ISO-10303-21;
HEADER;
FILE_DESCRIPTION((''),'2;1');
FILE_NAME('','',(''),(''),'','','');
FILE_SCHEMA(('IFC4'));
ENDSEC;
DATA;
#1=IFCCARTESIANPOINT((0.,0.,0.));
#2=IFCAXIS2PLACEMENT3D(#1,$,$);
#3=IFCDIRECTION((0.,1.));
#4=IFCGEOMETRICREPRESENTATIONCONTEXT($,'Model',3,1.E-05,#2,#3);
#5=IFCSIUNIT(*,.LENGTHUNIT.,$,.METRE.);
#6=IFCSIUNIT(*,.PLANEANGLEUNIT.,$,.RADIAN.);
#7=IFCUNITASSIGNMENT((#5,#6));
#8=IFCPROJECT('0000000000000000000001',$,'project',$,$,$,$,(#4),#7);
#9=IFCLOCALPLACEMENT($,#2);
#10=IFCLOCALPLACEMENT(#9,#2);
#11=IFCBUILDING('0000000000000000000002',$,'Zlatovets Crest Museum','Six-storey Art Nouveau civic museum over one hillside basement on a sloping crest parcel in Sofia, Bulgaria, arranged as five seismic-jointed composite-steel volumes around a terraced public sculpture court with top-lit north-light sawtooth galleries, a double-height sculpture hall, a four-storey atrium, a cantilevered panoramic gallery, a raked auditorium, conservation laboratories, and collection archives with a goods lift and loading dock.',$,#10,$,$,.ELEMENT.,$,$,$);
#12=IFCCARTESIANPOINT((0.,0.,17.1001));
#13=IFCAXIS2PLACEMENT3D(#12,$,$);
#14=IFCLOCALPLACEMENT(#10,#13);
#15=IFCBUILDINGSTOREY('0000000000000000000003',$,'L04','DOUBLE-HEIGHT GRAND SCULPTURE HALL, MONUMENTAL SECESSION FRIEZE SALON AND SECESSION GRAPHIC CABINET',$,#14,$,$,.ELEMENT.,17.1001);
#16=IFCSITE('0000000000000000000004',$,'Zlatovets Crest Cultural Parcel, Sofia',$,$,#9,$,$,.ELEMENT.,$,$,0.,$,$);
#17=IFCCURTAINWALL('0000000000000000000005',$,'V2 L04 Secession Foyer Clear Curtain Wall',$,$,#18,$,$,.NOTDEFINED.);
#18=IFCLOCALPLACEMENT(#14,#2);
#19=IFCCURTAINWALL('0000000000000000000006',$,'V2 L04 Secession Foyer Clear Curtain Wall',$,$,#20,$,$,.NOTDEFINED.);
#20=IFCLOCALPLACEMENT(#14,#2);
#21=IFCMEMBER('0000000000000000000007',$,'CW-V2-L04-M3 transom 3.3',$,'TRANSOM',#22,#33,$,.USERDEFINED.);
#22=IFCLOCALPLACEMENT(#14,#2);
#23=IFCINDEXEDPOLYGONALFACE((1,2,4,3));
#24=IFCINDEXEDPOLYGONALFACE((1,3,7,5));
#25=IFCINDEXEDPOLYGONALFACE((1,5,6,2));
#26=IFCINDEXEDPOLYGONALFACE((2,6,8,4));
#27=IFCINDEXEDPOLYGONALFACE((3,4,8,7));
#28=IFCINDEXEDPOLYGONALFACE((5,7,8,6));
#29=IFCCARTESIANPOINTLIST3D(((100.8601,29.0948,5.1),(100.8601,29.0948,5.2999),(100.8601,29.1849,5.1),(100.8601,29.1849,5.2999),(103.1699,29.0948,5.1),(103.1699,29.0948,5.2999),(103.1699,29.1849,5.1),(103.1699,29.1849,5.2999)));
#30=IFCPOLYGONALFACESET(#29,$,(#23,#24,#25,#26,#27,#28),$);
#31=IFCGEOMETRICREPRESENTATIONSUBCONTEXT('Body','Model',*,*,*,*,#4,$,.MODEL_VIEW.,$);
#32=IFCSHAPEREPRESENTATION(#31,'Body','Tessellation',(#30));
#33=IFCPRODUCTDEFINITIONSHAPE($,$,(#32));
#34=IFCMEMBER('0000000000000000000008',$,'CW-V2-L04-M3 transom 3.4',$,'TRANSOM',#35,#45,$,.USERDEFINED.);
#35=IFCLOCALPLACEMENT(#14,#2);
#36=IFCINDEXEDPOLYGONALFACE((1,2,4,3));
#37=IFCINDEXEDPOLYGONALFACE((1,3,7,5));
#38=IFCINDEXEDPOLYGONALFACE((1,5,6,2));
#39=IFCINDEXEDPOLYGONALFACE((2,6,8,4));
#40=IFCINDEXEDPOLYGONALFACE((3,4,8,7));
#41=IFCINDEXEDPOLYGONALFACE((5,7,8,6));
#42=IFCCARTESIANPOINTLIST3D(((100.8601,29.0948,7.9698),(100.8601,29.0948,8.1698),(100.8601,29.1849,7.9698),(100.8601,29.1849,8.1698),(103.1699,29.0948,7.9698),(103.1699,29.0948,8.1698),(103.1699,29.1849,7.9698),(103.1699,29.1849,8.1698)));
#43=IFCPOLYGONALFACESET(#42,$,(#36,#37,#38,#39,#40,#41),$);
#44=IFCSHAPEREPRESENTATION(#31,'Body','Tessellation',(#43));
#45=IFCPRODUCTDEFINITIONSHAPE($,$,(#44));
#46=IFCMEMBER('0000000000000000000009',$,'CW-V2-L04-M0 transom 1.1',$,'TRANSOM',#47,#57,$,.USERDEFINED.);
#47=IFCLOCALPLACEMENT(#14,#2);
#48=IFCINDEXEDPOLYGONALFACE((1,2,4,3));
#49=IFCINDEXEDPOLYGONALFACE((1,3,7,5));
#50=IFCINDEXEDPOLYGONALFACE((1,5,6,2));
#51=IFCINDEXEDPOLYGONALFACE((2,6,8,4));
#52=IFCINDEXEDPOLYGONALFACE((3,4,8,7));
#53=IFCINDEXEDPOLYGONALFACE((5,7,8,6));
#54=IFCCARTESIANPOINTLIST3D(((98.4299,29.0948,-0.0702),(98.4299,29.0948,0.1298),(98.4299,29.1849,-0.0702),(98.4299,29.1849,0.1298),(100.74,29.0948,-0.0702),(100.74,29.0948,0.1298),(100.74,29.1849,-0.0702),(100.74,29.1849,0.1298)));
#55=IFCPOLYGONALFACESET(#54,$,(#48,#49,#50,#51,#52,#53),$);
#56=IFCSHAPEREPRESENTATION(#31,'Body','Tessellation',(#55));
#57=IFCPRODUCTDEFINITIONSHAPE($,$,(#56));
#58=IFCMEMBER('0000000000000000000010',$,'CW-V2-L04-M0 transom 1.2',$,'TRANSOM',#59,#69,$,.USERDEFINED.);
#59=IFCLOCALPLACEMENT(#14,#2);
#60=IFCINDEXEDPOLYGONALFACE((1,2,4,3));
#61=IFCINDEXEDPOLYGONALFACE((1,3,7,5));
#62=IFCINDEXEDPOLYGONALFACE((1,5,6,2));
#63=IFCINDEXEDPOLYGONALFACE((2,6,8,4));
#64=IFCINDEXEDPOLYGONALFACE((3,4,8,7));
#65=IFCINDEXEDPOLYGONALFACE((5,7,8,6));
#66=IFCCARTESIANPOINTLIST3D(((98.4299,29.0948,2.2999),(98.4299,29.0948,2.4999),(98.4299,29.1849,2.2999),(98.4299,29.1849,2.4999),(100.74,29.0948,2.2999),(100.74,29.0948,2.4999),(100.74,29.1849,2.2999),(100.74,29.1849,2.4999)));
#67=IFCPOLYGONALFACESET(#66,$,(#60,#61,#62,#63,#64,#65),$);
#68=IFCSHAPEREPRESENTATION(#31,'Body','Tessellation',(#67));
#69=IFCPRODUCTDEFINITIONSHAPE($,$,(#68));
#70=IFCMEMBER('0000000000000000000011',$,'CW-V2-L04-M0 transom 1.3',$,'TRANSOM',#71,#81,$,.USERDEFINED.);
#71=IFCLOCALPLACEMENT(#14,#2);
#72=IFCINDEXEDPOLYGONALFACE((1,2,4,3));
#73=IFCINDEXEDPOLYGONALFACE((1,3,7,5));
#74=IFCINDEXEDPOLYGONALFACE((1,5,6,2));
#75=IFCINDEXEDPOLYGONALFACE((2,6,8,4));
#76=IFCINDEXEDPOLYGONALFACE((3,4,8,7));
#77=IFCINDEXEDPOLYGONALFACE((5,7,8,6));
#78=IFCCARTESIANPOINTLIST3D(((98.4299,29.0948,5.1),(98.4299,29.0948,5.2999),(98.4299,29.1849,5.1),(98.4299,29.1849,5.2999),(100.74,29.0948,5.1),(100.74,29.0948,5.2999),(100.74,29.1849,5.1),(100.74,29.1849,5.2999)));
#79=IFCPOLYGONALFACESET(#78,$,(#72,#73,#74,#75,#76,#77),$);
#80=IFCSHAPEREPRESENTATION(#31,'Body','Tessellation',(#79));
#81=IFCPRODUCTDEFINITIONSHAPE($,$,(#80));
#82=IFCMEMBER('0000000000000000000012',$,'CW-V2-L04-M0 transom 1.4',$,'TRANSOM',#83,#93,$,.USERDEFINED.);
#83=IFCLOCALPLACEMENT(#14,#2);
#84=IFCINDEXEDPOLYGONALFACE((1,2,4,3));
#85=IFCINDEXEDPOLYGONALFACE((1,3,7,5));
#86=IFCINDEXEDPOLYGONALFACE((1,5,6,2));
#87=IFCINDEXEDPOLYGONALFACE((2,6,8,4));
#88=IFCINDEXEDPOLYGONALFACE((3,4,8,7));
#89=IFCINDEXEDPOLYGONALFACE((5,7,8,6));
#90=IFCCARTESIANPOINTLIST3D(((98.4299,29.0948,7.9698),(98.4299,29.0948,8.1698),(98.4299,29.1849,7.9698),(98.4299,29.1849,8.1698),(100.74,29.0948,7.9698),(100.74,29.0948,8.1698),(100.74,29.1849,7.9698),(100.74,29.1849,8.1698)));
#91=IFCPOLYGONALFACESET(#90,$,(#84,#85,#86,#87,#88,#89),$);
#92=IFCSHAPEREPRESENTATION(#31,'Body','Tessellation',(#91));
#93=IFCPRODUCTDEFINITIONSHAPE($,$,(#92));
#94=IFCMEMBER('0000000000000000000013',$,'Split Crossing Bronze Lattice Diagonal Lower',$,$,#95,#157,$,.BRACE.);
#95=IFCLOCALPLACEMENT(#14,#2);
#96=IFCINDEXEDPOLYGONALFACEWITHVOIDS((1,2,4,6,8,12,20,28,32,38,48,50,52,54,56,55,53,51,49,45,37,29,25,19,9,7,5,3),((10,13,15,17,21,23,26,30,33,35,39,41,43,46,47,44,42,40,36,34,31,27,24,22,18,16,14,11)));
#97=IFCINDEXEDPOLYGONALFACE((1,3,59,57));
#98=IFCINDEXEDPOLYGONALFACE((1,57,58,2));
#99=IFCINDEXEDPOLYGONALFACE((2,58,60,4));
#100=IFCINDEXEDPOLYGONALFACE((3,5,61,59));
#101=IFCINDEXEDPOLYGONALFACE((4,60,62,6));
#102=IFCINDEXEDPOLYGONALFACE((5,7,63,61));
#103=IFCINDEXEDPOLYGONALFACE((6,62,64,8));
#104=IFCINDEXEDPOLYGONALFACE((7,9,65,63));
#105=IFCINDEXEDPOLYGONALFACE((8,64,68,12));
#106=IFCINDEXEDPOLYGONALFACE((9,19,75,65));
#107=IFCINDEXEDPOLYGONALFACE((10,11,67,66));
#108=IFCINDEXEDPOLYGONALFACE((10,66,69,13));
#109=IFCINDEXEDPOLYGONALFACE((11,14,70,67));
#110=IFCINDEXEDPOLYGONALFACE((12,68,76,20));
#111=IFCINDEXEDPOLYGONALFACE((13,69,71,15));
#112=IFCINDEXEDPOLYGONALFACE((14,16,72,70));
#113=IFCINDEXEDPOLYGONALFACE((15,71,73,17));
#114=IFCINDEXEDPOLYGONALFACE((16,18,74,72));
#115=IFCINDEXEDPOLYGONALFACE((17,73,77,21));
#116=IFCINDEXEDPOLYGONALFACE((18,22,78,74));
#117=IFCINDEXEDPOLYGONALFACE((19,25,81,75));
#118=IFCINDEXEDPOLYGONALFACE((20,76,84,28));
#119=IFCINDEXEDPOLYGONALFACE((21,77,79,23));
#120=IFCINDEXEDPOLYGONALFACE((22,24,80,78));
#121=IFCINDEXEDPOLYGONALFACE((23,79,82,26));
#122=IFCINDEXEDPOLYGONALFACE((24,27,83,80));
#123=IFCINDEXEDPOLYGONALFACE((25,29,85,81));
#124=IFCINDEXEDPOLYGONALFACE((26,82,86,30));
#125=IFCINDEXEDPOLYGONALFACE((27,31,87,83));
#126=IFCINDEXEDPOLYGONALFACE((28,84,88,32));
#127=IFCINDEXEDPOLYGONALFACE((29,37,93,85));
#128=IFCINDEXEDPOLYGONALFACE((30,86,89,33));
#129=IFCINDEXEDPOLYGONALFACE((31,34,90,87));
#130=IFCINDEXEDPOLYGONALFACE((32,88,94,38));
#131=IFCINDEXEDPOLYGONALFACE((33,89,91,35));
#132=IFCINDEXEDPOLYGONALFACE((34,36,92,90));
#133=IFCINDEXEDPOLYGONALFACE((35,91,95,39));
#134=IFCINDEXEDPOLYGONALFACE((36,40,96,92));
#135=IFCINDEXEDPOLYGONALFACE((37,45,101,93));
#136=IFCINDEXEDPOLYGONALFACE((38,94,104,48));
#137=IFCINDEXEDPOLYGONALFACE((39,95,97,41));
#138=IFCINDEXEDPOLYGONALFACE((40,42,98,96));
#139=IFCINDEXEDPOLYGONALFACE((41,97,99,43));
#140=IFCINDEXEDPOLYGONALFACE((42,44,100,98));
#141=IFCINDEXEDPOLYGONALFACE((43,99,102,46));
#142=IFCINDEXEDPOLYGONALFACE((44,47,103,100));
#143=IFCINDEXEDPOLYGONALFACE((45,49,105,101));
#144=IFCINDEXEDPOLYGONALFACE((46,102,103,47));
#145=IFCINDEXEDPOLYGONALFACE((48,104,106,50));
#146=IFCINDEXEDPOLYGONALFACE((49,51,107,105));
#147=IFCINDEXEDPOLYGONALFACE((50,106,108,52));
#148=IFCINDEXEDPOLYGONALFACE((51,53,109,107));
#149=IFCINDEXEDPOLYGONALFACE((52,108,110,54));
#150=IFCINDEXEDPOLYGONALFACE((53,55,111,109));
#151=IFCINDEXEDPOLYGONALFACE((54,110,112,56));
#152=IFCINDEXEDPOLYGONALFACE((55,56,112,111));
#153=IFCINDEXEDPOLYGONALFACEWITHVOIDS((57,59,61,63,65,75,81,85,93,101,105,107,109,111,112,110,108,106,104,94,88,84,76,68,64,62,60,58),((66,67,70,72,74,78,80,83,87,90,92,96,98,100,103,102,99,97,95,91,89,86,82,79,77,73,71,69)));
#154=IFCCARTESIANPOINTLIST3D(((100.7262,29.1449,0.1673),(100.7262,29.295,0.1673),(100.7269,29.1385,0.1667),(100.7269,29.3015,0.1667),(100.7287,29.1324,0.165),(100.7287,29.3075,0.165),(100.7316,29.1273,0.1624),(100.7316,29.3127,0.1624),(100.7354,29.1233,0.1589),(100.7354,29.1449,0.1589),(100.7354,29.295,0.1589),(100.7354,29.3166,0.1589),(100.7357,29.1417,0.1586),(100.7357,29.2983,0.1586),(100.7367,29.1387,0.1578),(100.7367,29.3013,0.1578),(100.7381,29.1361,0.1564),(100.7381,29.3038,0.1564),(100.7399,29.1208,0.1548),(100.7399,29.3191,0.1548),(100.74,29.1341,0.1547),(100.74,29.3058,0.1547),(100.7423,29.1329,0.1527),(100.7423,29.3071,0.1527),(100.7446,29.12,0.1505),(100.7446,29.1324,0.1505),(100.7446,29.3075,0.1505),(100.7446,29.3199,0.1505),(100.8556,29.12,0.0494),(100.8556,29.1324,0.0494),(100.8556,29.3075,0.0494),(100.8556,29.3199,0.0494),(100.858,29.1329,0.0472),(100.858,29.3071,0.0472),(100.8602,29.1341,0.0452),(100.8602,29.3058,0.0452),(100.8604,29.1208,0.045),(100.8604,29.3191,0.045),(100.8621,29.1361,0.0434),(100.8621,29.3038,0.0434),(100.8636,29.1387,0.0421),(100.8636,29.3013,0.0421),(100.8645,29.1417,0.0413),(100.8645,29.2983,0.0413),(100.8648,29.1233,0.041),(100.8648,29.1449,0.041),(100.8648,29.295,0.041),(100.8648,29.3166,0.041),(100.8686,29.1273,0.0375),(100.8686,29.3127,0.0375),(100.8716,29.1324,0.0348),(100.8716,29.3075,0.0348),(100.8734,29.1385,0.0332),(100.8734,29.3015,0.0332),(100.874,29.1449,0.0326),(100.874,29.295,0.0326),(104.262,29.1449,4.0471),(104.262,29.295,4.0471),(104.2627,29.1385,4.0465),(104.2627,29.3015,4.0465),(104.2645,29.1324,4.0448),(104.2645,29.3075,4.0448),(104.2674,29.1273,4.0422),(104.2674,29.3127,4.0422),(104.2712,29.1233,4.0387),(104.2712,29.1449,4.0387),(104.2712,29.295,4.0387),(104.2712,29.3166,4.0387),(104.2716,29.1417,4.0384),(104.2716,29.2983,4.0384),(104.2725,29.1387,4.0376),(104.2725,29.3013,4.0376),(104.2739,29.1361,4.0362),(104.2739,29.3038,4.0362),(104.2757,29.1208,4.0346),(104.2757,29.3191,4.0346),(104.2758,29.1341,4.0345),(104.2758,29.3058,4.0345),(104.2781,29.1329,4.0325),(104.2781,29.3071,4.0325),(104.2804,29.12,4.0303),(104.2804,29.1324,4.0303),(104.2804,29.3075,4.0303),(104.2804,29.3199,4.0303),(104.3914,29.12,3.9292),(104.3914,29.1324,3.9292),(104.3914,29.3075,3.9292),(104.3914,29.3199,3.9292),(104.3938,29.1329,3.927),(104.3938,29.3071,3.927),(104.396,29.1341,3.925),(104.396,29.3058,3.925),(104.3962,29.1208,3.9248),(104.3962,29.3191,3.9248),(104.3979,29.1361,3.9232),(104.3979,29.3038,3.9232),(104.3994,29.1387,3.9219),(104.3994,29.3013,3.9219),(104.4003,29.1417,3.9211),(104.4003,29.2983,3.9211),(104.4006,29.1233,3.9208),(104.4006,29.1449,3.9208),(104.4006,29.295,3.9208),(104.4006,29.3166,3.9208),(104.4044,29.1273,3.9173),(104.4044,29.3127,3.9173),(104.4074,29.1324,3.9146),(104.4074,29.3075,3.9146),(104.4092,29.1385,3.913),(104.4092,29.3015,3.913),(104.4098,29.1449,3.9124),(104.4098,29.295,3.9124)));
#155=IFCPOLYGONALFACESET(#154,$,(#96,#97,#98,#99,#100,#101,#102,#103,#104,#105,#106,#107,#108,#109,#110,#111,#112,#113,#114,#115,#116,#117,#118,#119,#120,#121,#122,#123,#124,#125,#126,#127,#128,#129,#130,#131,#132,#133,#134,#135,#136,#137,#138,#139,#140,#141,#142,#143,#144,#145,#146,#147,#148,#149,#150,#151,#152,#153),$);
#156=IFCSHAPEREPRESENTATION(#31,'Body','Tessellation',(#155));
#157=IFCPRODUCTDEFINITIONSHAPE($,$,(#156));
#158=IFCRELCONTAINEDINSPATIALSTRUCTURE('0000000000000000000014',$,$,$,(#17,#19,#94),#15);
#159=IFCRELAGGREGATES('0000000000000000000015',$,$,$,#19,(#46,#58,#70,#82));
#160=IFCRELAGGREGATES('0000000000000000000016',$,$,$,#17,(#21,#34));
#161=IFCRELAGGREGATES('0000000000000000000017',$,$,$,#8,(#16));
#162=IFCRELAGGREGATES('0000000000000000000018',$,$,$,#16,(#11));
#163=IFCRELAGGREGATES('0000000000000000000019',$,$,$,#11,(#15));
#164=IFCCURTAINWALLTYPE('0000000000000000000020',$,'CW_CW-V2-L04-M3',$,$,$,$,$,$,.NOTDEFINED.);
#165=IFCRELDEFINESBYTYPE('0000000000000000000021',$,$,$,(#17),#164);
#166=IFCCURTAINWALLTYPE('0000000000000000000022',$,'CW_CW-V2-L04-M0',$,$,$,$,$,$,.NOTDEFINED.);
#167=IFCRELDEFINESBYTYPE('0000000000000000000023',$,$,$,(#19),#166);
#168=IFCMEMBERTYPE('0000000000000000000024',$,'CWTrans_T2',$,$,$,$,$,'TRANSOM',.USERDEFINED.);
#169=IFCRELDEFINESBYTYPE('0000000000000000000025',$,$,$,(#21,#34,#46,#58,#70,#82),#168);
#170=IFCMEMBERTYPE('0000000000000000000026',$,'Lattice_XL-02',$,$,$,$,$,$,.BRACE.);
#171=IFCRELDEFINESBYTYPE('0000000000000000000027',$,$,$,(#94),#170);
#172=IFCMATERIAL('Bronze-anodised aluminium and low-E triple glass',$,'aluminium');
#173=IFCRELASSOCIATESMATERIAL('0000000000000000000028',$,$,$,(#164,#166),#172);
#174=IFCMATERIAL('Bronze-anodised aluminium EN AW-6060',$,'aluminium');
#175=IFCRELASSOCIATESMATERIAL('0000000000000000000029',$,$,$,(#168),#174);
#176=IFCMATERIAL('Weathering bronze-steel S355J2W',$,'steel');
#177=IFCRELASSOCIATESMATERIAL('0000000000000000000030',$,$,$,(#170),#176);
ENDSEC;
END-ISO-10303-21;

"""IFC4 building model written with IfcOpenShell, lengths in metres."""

from ifc_helpers import new_model, si_unit, direction, frame, origin, origin_2d, place, context, subcontext, project, spatial, rectangle, hollow_rectangle, extrude, material, material_profile, profile_set, type_object, element, aggregate, save


model = new_model("IFC4")

# Units and contexts
model_context = context("Model", 3, precision=1e-05, world=origin(), true_north=direction((0.0, 1.0)))
body_context = subcontext(model_context, "Body", "Model", "MODEL_VIEW")
ifc_project = project(units=[si_unit("LENGTHUNIT", "METRE"), si_unit("PLANEANGLEUNIT", "RADIAN")], contexts=[model_context])

# Site, building, storey
site_placement = place(None, origin())
site = spatial("IfcSite", under=ifc_project, at=site_placement, Name="Zlatovets Crest Cultural Parcel, Sofia", CompositionType="ELEMENT", RefElevation=0.0)
building_placement = place(site_placement, origin())
building = spatial("IfcBuilding", under=site, at=building_placement, Name="Zlatovets Crest Museum", Description="Six-storey Art Nouveau civic museum over one hillside basement on a sloping crest parcel in Sofia, Bulgaria, arranged as five seismic-jointed composite-steel volumes around a terraced public sculpture court with top-lit north-light sawtooth galleries, a double-height sculpture hall, a four-storey atrium, a cantilevered panoramic gallery, a raked auditorium, conservation laboratories, and collection archives with a goods lift and loading dock.", CompositionType="ELEMENT")
storey_placement = place(building_placement, frame((0.0, 0.0, 17.1001)))
storey = spatial("IfcBuildingStorey", under=building, at=storey_placement, Name="L04", Description="DOUBLE-HEIGHT GRAND SCULPTURE HALL, MONUMENTAL SECESSION FRIEZE SALON AND SECESSION GRAPHIC CABINET", CompositionType="ELEMENT", Elevation=17.1001)

# Curtain wall
ifc_material_1 = material(Name="Bronze-anodised aluminium and low-E triple glass", Category="aluminium")
curtain_wall_type_1 = type_object("IfcCurtainWallType", Name="CW_CW-V2-L04-M3", PredefinedType="NOTDEFINED", material=ifc_material_1)
curtain_wall_1_placement = place(storey_placement, origin())
curtain_wall_1 = element("IfcCurtainWall", 1, at=curtain_wall_1_placement, inside=storey, type_object=curtain_wall_type_1, Name="V2 L04 Secession Foyer Clear Curtain Wall", PredefinedType="NOTDEFINED")
ifc_material_2 = material(Name="Bronze-anodised aluminium EN AW-6060", Category="aluminium")

# Curtain wall
curtain_wall_type_2 = type_object("IfcCurtainWallType", Name="CW_CW-V2-L04-M0", PredefinedType="NOTDEFINED", material=ifc_material_1)
curtain_wall_2_placement = place(storey_placement, origin())
curtain_wall_2 = element("IfcCurtainWall", 2, at=curtain_wall_2_placement, inside=storey, type_object=curtain_wall_type_2, Name="V2 L04 Secession Foyer Clear Curtain Wall", PredefinedType="NOTDEFINED")

# Members
ifc_material_profile_1 = material_profile(ifc_material_2, rectangle(XDim=0.0901, YDim=0.2, at=origin_2d()), Name="ALU 90x200")
ifc_profile_set_1 = profile_set([ifc_material_profile_1], Name="Bronze-anodised aluminium EN AW-6060")
member_type_1 = type_object("IfcMemberType", Name="CWTrans_T2", ElementType="TRANSOM", PredefinedType="USERDEFINED", material=ifc_profile_set_1)
member_1_placement = place(storey_placement, frame((103.1699, 29.1399, 5.2), z_axis=(-1.0, 0.0, 0.0), x_axis=(0.0, -1.0, 0.0)))
member_1 = element("IfcMember", 3, at=member_1_placement, type_object=member_type_1, Name="CW-V2-L04-M3 transom 3.3", ObjectType="TRANSOM", PredefinedType="USERDEFINED", context=body_context, shape_type="SweptSolid", body=[
    extrude(rectangle(XDim=0.0901, YDim=0.2, at=origin_2d()), origin(), (0.0, 0.0, 1.0), 2.3098),
])
member_2_placement = place(storey_placement, frame((103.1699, 29.1399, 8.0698), z_axis=(-1.0, 0.0, 0.0), x_axis=(0.0, -1.0, 0.0)))
member_2 = element("IfcMember", 4, at=member_2_placement, type_object=member_type_1, Name="CW-V2-L04-M3 transom 3.4", ObjectType="TRANSOM", PredefinedType="USERDEFINED", context=body_context, shape_type="SweptSolid", body=[
    extrude(rectangle(XDim=0.0901, YDim=0.2, at=origin_2d()), origin(), (0.0, 0.0, 1.0), 2.3098),
])
member_3_placement = place(storey_placement, frame((100.74, 29.1399, 0.0298), z_axis=(-1.0, 0.0, 0.0), x_axis=(0.0, -1.0, 0.0)))
member_3 = element("IfcMember", 5, at=member_3_placement, type_object=member_type_1, Name="CW-V2-L04-M0 transom 1.1", ObjectType="TRANSOM", PredefinedType="USERDEFINED", context=body_context, shape_type="SweptSolid", body=[
    extrude(rectangle(XDim=0.0901, YDim=0.2, at=origin_2d()), origin(), (0.0, 0.0, 1.0), 2.3101),
])
member_4_placement = place(storey_placement, frame((100.74, 29.1399, 2.3999), z_axis=(-1.0, 0.0, 0.0), x_axis=(0.0, -1.0, 0.0)))
member_4 = element("IfcMember", 6, at=member_4_placement, type_object=member_type_1, Name="CW-V2-L04-M0 transom 1.2", ObjectType="TRANSOM", PredefinedType="USERDEFINED", context=body_context, shape_type="SweptSolid", body=[
    extrude(rectangle(XDim=0.0901, YDim=0.2, at=origin_2d()), origin(), (0.0, 0.0, 1.0), 2.3101),
])
member_5_placement = place(storey_placement, frame((100.74, 29.1399, 5.2), z_axis=(-1.0, 0.0, 0.0), x_axis=(0.0, -1.0, 0.0)))
member_5 = element("IfcMember", 7, at=member_5_placement, type_object=member_type_1, Name="CW-V2-L04-M0 transom 1.3", ObjectType="TRANSOM", PredefinedType="USERDEFINED", context=body_context, shape_type="SweptSolid", body=[
    extrude(rectangle(XDim=0.0901, YDim=0.2, at=origin_2d()), origin(), (0.0, 0.0, 1.0), 2.3101),
])
member_6_placement = place(storey_placement, frame((100.74, 29.1399, 8.0698), z_axis=(-1.0, 0.0, 0.0), x_axis=(0.0, -1.0, 0.0)))
member_6 = element("IfcMember", 8, at=member_6_placement, type_object=member_type_1, Name="CW-V2-L04-M0 transom 1.4", ObjectType="TRANSOM", PredefinedType="USERDEFINED", context=body_context, shape_type="SweptSolid", body=[
    extrude(rectangle(XDim=0.0901, YDim=0.2, at=origin_2d()), origin(), (0.0, 0.0, 1.0), 2.3101),
])

# Member
ifc_material_3 = material(Name="Weathering bronze-steel S355J2W", Category="steel")
ifc_material_profile_2 = material_profile(ifc_material_3, hollow_rectangle(XDim=0.2, YDim=0.2, WallThickness=0.0125, InnerFilletRadius=0.0125, OuterFilletRadius=0.0249, at=origin_2d()), Name="SHS 200x200x12.5")
ifc_profile_set_2 = profile_set([ifc_material_profile_2], Name="Weathering bronze-steel S355J2W")
member_type_2 = type_object("IfcMemberType", Name="Lattice_XL-02", PredefinedType="BRACE", material=ifc_profile_set_2)
member_7_placement = place(storey_placement, frame((104.3359, 29.22, 3.9797), z_axis=(-0.673582, 0.0, -0.739112), x_axis=(0.0, -1.0, 0.0)))
element("IfcMember", 9, at=member_7_placement, inside=storey, type_object=member_type_2, Name="Split Crossing Bronze Lattice Diagonal Lower", PredefinedType="BRACE", context=body_context, shape_type="SweptSolid", body=[
    extrude(hollow_rectangle(XDim=0.2, YDim=0.2, WallThickness=0.0125, InnerFilletRadius=0.0125, OuterFilletRadius=0.0249, at=origin_2d()), origin(), (0.0, 0.0, 1.0), 5.2493),
])

aggregate(curtain_wall_2, [member_3, member_4, member_5, member_6])
aggregate(curtain_wall_1, [member_1, member_2])

save(model, "model.ifc")
